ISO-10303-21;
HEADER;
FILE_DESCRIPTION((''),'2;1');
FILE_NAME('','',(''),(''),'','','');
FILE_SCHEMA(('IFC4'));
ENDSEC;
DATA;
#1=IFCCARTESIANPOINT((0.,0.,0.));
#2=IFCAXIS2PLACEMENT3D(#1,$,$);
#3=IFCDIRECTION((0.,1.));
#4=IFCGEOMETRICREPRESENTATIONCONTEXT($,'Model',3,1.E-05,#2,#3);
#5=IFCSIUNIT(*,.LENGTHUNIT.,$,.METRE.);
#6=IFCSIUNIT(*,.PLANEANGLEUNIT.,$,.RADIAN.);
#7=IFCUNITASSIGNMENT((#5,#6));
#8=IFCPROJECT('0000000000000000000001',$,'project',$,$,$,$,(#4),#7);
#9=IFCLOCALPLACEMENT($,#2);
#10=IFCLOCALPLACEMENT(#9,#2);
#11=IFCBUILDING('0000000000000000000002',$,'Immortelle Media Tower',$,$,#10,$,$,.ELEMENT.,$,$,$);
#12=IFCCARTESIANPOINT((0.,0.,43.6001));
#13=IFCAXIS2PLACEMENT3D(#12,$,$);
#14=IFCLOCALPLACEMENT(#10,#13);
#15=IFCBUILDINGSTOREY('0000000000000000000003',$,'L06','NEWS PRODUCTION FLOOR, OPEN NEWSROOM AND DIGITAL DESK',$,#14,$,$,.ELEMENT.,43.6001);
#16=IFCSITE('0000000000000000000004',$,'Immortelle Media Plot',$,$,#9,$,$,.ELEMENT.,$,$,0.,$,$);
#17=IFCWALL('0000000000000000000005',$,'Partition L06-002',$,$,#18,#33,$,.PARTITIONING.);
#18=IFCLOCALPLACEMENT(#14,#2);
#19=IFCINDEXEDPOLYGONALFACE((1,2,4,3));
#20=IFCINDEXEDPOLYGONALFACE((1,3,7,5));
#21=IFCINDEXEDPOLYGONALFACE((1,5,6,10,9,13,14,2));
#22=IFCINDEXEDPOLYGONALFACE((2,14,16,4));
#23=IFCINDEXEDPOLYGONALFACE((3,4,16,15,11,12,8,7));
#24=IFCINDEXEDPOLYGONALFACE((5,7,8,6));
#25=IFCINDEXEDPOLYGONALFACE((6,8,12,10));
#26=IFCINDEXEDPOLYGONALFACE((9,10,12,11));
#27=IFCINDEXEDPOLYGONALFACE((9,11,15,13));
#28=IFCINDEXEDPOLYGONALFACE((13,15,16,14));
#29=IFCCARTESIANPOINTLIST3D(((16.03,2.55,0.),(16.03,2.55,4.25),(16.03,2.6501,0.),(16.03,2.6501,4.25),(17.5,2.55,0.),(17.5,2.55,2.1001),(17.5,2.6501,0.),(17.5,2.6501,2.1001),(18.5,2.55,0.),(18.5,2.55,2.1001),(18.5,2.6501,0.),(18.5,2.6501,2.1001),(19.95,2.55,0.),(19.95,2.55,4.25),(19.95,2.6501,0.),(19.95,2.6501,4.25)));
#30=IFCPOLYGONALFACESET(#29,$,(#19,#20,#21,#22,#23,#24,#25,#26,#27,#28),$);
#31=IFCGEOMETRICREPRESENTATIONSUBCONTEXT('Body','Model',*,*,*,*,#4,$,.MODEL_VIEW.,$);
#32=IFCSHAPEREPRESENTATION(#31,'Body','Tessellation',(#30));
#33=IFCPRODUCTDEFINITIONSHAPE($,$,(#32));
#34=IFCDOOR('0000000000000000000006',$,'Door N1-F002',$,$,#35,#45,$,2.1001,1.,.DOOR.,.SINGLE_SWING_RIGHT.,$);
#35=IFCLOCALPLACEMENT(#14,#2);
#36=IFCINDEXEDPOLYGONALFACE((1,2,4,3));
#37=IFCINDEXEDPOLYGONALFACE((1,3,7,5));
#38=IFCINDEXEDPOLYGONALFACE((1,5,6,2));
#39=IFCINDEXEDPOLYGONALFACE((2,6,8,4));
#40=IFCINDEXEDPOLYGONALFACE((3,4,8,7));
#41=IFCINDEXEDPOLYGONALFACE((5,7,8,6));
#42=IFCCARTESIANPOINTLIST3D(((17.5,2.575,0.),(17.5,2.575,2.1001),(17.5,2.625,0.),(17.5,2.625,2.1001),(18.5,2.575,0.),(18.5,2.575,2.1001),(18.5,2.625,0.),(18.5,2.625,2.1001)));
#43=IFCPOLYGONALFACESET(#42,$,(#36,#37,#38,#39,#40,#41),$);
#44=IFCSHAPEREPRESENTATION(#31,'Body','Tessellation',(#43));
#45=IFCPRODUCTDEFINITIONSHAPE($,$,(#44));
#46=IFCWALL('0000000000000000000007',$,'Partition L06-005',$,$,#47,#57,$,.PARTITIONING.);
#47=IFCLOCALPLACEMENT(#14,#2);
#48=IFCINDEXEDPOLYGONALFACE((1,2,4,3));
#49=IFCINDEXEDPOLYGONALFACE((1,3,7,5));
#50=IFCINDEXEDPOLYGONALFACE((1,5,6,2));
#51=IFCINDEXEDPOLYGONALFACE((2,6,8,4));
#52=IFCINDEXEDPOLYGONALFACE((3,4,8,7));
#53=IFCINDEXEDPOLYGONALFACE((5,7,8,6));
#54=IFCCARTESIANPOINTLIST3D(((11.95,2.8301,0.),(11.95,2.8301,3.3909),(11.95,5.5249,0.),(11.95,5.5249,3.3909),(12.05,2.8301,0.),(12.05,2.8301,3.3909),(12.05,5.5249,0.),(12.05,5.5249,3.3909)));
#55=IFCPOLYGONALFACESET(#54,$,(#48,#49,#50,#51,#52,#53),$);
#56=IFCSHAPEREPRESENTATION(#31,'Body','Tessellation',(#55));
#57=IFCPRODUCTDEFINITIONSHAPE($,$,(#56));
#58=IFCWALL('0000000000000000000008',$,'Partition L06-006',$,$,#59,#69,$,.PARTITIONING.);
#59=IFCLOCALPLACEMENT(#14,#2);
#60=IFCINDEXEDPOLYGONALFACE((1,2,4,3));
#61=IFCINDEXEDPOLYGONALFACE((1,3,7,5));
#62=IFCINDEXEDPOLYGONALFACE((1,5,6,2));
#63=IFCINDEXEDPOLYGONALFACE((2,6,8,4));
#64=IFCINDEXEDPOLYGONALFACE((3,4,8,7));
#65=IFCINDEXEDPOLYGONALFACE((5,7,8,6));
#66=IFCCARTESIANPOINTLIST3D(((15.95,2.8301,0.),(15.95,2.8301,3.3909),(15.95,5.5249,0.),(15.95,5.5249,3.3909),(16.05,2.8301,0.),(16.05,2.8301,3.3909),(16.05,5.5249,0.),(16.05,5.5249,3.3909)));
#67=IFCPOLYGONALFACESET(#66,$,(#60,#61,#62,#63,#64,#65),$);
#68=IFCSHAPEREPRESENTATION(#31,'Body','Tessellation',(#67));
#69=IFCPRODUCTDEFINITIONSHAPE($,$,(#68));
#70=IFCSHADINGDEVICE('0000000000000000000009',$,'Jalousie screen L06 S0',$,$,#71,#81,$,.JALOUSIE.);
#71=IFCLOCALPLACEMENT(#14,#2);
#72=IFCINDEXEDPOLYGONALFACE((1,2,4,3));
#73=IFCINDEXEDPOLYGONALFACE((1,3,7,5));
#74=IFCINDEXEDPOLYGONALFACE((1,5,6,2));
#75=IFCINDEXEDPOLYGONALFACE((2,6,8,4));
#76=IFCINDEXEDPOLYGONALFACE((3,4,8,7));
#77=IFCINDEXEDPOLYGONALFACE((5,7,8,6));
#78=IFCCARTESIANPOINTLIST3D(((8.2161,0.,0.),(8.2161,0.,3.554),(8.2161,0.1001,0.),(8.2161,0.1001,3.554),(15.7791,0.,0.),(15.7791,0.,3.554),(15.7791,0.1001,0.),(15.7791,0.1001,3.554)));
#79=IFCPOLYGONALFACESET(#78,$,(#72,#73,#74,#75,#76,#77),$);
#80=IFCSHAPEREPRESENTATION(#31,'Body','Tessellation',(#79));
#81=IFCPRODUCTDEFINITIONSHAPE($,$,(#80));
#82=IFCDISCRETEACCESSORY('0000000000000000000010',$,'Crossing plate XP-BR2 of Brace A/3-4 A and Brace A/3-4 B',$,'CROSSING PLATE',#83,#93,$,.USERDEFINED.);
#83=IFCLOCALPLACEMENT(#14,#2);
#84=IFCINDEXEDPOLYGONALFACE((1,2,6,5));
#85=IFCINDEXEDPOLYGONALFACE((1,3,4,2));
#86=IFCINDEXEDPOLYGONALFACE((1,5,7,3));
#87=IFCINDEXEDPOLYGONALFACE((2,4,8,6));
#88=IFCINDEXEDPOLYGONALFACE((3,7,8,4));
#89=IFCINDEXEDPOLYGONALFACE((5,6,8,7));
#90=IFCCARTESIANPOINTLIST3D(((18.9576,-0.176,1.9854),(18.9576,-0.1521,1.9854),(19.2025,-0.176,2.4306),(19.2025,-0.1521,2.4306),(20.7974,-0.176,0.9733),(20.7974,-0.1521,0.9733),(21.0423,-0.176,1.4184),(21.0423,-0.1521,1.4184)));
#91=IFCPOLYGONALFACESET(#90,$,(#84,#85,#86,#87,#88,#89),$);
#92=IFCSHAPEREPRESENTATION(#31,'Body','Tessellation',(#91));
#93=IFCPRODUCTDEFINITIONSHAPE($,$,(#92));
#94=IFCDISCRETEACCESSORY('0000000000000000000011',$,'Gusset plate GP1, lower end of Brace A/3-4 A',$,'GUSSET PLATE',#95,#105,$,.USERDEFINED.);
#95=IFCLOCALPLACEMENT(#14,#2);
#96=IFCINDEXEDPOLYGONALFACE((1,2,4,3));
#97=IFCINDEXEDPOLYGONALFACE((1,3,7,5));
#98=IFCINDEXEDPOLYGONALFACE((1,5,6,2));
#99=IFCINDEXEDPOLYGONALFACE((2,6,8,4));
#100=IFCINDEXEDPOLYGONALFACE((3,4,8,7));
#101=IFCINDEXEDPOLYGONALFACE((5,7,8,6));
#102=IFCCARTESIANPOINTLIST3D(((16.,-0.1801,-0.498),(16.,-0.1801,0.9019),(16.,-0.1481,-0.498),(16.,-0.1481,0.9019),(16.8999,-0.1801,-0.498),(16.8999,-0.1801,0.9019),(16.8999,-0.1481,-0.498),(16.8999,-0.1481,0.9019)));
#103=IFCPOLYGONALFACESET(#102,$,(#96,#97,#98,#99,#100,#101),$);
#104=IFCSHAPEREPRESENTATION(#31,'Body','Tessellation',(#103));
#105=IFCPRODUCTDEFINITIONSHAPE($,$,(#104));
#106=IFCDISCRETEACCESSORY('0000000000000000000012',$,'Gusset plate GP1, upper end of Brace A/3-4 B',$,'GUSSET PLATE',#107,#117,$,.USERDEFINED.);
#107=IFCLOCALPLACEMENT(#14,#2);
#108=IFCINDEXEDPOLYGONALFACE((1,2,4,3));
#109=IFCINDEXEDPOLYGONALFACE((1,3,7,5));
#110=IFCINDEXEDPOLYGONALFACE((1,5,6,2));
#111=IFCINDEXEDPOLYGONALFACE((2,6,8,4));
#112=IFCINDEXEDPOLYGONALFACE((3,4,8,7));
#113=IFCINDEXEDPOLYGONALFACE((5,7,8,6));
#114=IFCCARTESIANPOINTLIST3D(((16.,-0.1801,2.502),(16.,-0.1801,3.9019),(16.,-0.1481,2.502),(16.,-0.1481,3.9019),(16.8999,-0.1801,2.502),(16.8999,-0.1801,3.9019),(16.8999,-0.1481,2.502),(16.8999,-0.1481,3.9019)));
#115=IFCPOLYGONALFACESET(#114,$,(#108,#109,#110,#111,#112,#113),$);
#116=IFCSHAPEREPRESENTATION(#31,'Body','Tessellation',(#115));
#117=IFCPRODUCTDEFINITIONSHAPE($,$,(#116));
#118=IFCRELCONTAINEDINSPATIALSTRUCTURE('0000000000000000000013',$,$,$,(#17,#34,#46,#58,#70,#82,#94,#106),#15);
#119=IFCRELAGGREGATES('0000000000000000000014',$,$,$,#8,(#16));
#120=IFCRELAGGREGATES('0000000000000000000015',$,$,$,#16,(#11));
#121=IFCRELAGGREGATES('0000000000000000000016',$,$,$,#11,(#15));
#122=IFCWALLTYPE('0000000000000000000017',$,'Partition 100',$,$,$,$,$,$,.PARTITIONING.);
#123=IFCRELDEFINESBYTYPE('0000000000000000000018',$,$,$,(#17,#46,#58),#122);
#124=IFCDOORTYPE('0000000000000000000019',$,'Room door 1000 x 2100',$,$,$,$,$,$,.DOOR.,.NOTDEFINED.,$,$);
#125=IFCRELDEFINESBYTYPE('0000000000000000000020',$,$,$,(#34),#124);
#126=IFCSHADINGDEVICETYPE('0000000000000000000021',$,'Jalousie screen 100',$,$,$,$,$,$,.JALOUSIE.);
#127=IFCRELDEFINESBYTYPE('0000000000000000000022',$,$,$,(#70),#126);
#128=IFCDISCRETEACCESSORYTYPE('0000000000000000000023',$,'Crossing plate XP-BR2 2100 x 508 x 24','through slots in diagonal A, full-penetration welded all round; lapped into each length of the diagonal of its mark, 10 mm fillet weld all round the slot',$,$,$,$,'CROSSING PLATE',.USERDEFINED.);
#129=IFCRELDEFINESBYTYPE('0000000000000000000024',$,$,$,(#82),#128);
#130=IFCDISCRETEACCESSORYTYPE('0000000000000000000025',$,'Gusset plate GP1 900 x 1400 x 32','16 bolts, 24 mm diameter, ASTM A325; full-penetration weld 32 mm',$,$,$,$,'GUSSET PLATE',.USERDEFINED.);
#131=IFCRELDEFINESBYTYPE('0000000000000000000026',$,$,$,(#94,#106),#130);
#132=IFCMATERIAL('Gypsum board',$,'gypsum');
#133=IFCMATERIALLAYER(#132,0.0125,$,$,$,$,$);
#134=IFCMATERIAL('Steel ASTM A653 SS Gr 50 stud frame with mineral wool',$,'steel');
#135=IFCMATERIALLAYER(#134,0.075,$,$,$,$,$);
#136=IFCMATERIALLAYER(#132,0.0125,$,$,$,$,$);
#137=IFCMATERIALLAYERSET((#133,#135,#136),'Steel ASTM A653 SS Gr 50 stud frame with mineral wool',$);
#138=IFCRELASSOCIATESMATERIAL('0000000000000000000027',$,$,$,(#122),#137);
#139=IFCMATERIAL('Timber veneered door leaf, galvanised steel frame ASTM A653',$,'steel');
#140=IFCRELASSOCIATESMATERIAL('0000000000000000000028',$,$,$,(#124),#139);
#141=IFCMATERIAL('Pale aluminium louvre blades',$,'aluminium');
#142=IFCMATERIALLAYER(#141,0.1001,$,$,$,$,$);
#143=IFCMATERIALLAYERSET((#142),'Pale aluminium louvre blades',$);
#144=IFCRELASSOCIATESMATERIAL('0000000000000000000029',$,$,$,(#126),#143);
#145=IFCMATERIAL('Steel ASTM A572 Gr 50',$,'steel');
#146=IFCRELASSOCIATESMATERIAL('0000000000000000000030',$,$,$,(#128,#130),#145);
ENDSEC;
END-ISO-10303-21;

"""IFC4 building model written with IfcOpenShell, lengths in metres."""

from ifc_helpers import new_model, si_unit, direction, frame, frame_2d, origin, origin_2d, place, context, subcontext, project, spatial, rectangle, extrude, material, layer, layer_set, material_profile, profile_set, type_object, element, fill, save


model = new_model("IFC4")

# Units and contexts
model_context = context("Model", 3, precision=1e-05, world=origin(), true_north=direction((0.0, 1.0)))
body_context = subcontext(model_context, "Body", "Model", "MODEL_VIEW")
ifc_project = project(units=[si_unit("LENGTHUNIT", "METRE"), si_unit("PLANEANGLEUNIT", "RADIAN")], contexts=[model_context])

# Site, building, storey
site_placement = place(None, origin())
site = spatial("IfcSite", under=ifc_project, at=site_placement, Name="Immortelle Media Plot", CompositionType="ELEMENT", RefElevation=0.0)
building_placement = place(site_placement, origin())
building = spatial("IfcBuilding", under=site, at=building_placement, Name="Immortelle Media Tower", CompositionType="ELEMENT")
storey_placement = place(building_placement, frame((0.0, 0.0, 43.6001)))
storey = spatial("IfcBuildingStorey", under=building, at=storey_placement, Name="L06", Description="NEWS PRODUCTION FLOOR, OPEN NEWSROOM AND DIGITAL DESK", CompositionType="ELEMENT", Elevation=43.6001)

# Shared definitions
ifc_material_1 = material(Name="Steel ASTM A653 SS Gr 50 stud frame with mineral wool", Category="steel")

# Wall, opening, door
ifc_material_2 = material(Name="Gypsum board", Category="gypsum")
ifc_layer_1 = layer(ifc_material_2, 0.0125)
ifc_layer_2 = layer(ifc_material_1, 0.075)
ifc_layer_3 = layer(ifc_material_2, 0.0125)
ifc_layer_set_1 = layer_set([ifc_layer_1, ifc_layer_2, ifc_layer_3], Name="Steel ASTM A653 SS Gr 50 stud frame with mineral wool")
wall_type_1 = type_object("IfcWallType", Name="Partition 100", PredefinedType="PARTITIONING", material=ifc_layer_set_1)
wall_1_placement = place(storey_placement, frame((16.03, 2.6001, 0.0), z_axis=(0.0, 0.0, 1.0), x_axis=(1.0, 0.0, 0.0)))
wall_1 = element("IfcWall", 1, at=wall_1_placement, inside=storey, type_object=wall_type_1, Name="Partition L06-002", PredefinedType="PARTITIONING", context=body_context, shape_type="SweptSolid", body=[
    extrude(rectangle(XDim=3.9199, YDim=0.1001, at=frame_2d((1.96, 0.0))), origin(), (0.0, 0.0, 1.0), 4.25),
])
opening_placement = place(wall_1_placement, frame((1.47, 0.0, 0.0)))
opening = element("IfcOpeningElement", 2, at=opening_placement, cuts=wall_1, PredefinedType="OPENING", context=body_context, shape_type="SweptSolid", body=[
    extrude(rectangle(XDim=1.0, YDim=2.1001, at=frame_2d((0.5, 1.05))), frame((0.0, 0.0601, 0.0), z_axis=(0.0, -1.0, 0.0), x_axis=(1.0, 0.0, 0.0)), (0.0, 0.0, 1.0), 0.1201),
])
ifc_material_3 = material(Name="Timber veneered door leaf, galvanised steel frame ASTM A653", Category="steel")
door_type = type_object("IfcDoorType", Name="Room door 1000 x 2100", OperationType="NOTDEFINED", PredefinedType="DOOR", material=ifc_material_3)
door_placement = place(opening_placement, origin())
door = element("IfcDoor", 3, at=door_placement, inside=storey, type_object=door_type, Name="Door N1-F002", OperationType="SINGLE_SWING_RIGHT", OverallHeight=2.1001, OverallWidth=1.0, PredefinedType="DOOR", context=body_context, shape_type="SweptSolid", body=[
    extrude(rectangle(XDim=1.0, YDim=2.1001, at=frame_2d((0.5, 1.05))), frame((0.0, 0.0249, 0.0), z_axis=(0.0, -1.0, 0.0), x_axis=(1.0, 0.0, 0.0)), (0.0, 0.0, 1.0), 0.05),
])
fill(opening, door)

# Walls
for number, where, z_axis, x_axis, name in (
    (4, (12.0, 2.8301, 0.0), (0.0, 0.0, 1.0), (0.0, 1.0, 0.0), "Partition L06-005"),
    (5, (16.0, 2.8301, 0.0), (0.0, 0.0, 1.0), (0.0, 1.0, 0.0), "Partition L06-006"),
):
    element("IfcWall", number, at=place(storey_placement, frame(where, z_axis=z_axis, x_axis=x_axis)), inside=storey, type_object=wall_type_1, Name=name, PredefinedType="PARTITIONING", context=body_context, shape_type="SweptSolid", body=[
        extrude(rectangle(XDim=2.6948, YDim=0.1001, at=frame_2d((1.3474, 0.0))), origin(), (0.0, 0.0, 1.0), 3.3909),
    ])

# Shading device
ifc_material_4 = material(Name="Pale aluminium louvre blades", Category="aluminium")
ifc_layer_4 = layer(ifc_material_4, 0.1001)
ifc_layer_set_2 = layer_set([ifc_layer_4], Name="Pale aluminium louvre blades")
shading_device_type = type_object("IfcShadingDeviceType", Name="Jalousie screen 100", PredefinedType="JALOUSIE", material=ifc_layer_set_2)
shading_device_placement = place(storey_placement, frame((11.9976, 0.05, 0.0), z_axis=(0.0, 0.0, 1.0), x_axis=(1.0, 0.0, 0.0)))
element("IfcShadingDevice", 6, at=shading_device_placement, inside=storey, type_object=shading_device_type, Name="Jalousie screen L06 S0", PredefinedType="JALOUSIE", context=body_context, shape_type="SweptSolid", body=[
    extrude(rectangle(XDim=7.563, YDim=0.1001, at=origin_2d()), origin(), (0.0, 0.0, 1.0), 3.554),
])

# Discrete accessories
ifc_material_5 = material(Name="Steel ASTM A572 Gr 50", Category="steel")
ifc_material_profile_1 = material_profile(ifc_material_5, rectangle(XDim=0.0239, YDim=0.5081, at=origin_2d()), Name="PL 24 x 508")
ifc_profile_set_1 = profile_set([ifc_material_profile_1], Name="Steel ASTM A572 Gr 50")
discrete_accessory_type_1 = type_object("IfcDiscreteAccessoryType", Name="Crossing plate XP-BR2 2100 x 508 x 24", Description="through slots in diagonal A, full-penetration welded all round; lapped into each length of the diagonal of its mark, 10 mm fillet weld all round the slot", ElementType="CROSSING PLATE", PredefinedType="USERDEFINED", material=ifc_profile_set_1)
discrete_accessory_placement = place(storey_placement, frame((19.0801, -0.1641, 2.208), z_axis=(0.876157, 0.0, -0.482026), x_axis=(0.0, 1.0, 0.0)))
element("IfcDiscreteAccessory", 7, at=discrete_accessory_placement, inside=storey, type_object=discrete_accessory_type_1, Name="Crossing plate XP-BR2 of Brace A/3-4 A and Brace A/3-4 B", ObjectType="CROSSING PLATE", PredefinedType="USERDEFINED", context=body_context, shape_type="SweptSolid", body=[
    extrude(rectangle(XDim=0.0239, YDim=0.5081, at=origin_2d()), origin(), (0.0, 0.0, 1.0), 2.0999),
])
ifc_material_profile_2 = material_profile(ifc_material_5, rectangle(XDim=0.032, YDim=1.3999, at=origin_2d()), Name="PL 32 x 1400")
ifc_profile_set_2 = profile_set([ifc_material_profile_2], Name="Steel ASTM A572 Gr 50")
discrete_accessory_type_2 = type_object("IfcDiscreteAccessoryType", Name="Gusset plate GP1 900 x 1400 x 32", Description="16 bolts, 24 mm diameter, ASTM A325; full-penetration weld 32 mm", ElementType="GUSSET PLATE", PredefinedType="USERDEFINED", material=ifc_profile_set_2)
for number, where, z_axis, x_axis, name in (
    (8, (16.0, -0.1641, 0.2019), (1.0, 0.0, 0.0), (0.0, 1.0, 0.0), "Gusset plate GP1, lower end of Brace A/3-4 A"),
    (9, (16.0, -0.1641, 3.2019), (1.0, 0.0, 0.0), (0.0, 1.0, 0.0), "Gusset plate GP1, upper end of Brace A/3-4 B"),
):
    element("IfcDiscreteAccessory", number, at=place(storey_placement, frame(where, z_axis=z_axis, x_axis=x_axis)), inside=storey, type_object=discrete_accessory_type_2, Name=name, ObjectType="GUSSET PLATE", PredefinedType="USERDEFINED", context=body_context, shape_type="SweptSolid", body=[
        extrude(rectangle(XDim=0.032, YDim=1.3999, at=origin_2d()), origin(), (0.0, 0.0, 1.0), 0.8999),
    ])

save(model, "model.ifc")
